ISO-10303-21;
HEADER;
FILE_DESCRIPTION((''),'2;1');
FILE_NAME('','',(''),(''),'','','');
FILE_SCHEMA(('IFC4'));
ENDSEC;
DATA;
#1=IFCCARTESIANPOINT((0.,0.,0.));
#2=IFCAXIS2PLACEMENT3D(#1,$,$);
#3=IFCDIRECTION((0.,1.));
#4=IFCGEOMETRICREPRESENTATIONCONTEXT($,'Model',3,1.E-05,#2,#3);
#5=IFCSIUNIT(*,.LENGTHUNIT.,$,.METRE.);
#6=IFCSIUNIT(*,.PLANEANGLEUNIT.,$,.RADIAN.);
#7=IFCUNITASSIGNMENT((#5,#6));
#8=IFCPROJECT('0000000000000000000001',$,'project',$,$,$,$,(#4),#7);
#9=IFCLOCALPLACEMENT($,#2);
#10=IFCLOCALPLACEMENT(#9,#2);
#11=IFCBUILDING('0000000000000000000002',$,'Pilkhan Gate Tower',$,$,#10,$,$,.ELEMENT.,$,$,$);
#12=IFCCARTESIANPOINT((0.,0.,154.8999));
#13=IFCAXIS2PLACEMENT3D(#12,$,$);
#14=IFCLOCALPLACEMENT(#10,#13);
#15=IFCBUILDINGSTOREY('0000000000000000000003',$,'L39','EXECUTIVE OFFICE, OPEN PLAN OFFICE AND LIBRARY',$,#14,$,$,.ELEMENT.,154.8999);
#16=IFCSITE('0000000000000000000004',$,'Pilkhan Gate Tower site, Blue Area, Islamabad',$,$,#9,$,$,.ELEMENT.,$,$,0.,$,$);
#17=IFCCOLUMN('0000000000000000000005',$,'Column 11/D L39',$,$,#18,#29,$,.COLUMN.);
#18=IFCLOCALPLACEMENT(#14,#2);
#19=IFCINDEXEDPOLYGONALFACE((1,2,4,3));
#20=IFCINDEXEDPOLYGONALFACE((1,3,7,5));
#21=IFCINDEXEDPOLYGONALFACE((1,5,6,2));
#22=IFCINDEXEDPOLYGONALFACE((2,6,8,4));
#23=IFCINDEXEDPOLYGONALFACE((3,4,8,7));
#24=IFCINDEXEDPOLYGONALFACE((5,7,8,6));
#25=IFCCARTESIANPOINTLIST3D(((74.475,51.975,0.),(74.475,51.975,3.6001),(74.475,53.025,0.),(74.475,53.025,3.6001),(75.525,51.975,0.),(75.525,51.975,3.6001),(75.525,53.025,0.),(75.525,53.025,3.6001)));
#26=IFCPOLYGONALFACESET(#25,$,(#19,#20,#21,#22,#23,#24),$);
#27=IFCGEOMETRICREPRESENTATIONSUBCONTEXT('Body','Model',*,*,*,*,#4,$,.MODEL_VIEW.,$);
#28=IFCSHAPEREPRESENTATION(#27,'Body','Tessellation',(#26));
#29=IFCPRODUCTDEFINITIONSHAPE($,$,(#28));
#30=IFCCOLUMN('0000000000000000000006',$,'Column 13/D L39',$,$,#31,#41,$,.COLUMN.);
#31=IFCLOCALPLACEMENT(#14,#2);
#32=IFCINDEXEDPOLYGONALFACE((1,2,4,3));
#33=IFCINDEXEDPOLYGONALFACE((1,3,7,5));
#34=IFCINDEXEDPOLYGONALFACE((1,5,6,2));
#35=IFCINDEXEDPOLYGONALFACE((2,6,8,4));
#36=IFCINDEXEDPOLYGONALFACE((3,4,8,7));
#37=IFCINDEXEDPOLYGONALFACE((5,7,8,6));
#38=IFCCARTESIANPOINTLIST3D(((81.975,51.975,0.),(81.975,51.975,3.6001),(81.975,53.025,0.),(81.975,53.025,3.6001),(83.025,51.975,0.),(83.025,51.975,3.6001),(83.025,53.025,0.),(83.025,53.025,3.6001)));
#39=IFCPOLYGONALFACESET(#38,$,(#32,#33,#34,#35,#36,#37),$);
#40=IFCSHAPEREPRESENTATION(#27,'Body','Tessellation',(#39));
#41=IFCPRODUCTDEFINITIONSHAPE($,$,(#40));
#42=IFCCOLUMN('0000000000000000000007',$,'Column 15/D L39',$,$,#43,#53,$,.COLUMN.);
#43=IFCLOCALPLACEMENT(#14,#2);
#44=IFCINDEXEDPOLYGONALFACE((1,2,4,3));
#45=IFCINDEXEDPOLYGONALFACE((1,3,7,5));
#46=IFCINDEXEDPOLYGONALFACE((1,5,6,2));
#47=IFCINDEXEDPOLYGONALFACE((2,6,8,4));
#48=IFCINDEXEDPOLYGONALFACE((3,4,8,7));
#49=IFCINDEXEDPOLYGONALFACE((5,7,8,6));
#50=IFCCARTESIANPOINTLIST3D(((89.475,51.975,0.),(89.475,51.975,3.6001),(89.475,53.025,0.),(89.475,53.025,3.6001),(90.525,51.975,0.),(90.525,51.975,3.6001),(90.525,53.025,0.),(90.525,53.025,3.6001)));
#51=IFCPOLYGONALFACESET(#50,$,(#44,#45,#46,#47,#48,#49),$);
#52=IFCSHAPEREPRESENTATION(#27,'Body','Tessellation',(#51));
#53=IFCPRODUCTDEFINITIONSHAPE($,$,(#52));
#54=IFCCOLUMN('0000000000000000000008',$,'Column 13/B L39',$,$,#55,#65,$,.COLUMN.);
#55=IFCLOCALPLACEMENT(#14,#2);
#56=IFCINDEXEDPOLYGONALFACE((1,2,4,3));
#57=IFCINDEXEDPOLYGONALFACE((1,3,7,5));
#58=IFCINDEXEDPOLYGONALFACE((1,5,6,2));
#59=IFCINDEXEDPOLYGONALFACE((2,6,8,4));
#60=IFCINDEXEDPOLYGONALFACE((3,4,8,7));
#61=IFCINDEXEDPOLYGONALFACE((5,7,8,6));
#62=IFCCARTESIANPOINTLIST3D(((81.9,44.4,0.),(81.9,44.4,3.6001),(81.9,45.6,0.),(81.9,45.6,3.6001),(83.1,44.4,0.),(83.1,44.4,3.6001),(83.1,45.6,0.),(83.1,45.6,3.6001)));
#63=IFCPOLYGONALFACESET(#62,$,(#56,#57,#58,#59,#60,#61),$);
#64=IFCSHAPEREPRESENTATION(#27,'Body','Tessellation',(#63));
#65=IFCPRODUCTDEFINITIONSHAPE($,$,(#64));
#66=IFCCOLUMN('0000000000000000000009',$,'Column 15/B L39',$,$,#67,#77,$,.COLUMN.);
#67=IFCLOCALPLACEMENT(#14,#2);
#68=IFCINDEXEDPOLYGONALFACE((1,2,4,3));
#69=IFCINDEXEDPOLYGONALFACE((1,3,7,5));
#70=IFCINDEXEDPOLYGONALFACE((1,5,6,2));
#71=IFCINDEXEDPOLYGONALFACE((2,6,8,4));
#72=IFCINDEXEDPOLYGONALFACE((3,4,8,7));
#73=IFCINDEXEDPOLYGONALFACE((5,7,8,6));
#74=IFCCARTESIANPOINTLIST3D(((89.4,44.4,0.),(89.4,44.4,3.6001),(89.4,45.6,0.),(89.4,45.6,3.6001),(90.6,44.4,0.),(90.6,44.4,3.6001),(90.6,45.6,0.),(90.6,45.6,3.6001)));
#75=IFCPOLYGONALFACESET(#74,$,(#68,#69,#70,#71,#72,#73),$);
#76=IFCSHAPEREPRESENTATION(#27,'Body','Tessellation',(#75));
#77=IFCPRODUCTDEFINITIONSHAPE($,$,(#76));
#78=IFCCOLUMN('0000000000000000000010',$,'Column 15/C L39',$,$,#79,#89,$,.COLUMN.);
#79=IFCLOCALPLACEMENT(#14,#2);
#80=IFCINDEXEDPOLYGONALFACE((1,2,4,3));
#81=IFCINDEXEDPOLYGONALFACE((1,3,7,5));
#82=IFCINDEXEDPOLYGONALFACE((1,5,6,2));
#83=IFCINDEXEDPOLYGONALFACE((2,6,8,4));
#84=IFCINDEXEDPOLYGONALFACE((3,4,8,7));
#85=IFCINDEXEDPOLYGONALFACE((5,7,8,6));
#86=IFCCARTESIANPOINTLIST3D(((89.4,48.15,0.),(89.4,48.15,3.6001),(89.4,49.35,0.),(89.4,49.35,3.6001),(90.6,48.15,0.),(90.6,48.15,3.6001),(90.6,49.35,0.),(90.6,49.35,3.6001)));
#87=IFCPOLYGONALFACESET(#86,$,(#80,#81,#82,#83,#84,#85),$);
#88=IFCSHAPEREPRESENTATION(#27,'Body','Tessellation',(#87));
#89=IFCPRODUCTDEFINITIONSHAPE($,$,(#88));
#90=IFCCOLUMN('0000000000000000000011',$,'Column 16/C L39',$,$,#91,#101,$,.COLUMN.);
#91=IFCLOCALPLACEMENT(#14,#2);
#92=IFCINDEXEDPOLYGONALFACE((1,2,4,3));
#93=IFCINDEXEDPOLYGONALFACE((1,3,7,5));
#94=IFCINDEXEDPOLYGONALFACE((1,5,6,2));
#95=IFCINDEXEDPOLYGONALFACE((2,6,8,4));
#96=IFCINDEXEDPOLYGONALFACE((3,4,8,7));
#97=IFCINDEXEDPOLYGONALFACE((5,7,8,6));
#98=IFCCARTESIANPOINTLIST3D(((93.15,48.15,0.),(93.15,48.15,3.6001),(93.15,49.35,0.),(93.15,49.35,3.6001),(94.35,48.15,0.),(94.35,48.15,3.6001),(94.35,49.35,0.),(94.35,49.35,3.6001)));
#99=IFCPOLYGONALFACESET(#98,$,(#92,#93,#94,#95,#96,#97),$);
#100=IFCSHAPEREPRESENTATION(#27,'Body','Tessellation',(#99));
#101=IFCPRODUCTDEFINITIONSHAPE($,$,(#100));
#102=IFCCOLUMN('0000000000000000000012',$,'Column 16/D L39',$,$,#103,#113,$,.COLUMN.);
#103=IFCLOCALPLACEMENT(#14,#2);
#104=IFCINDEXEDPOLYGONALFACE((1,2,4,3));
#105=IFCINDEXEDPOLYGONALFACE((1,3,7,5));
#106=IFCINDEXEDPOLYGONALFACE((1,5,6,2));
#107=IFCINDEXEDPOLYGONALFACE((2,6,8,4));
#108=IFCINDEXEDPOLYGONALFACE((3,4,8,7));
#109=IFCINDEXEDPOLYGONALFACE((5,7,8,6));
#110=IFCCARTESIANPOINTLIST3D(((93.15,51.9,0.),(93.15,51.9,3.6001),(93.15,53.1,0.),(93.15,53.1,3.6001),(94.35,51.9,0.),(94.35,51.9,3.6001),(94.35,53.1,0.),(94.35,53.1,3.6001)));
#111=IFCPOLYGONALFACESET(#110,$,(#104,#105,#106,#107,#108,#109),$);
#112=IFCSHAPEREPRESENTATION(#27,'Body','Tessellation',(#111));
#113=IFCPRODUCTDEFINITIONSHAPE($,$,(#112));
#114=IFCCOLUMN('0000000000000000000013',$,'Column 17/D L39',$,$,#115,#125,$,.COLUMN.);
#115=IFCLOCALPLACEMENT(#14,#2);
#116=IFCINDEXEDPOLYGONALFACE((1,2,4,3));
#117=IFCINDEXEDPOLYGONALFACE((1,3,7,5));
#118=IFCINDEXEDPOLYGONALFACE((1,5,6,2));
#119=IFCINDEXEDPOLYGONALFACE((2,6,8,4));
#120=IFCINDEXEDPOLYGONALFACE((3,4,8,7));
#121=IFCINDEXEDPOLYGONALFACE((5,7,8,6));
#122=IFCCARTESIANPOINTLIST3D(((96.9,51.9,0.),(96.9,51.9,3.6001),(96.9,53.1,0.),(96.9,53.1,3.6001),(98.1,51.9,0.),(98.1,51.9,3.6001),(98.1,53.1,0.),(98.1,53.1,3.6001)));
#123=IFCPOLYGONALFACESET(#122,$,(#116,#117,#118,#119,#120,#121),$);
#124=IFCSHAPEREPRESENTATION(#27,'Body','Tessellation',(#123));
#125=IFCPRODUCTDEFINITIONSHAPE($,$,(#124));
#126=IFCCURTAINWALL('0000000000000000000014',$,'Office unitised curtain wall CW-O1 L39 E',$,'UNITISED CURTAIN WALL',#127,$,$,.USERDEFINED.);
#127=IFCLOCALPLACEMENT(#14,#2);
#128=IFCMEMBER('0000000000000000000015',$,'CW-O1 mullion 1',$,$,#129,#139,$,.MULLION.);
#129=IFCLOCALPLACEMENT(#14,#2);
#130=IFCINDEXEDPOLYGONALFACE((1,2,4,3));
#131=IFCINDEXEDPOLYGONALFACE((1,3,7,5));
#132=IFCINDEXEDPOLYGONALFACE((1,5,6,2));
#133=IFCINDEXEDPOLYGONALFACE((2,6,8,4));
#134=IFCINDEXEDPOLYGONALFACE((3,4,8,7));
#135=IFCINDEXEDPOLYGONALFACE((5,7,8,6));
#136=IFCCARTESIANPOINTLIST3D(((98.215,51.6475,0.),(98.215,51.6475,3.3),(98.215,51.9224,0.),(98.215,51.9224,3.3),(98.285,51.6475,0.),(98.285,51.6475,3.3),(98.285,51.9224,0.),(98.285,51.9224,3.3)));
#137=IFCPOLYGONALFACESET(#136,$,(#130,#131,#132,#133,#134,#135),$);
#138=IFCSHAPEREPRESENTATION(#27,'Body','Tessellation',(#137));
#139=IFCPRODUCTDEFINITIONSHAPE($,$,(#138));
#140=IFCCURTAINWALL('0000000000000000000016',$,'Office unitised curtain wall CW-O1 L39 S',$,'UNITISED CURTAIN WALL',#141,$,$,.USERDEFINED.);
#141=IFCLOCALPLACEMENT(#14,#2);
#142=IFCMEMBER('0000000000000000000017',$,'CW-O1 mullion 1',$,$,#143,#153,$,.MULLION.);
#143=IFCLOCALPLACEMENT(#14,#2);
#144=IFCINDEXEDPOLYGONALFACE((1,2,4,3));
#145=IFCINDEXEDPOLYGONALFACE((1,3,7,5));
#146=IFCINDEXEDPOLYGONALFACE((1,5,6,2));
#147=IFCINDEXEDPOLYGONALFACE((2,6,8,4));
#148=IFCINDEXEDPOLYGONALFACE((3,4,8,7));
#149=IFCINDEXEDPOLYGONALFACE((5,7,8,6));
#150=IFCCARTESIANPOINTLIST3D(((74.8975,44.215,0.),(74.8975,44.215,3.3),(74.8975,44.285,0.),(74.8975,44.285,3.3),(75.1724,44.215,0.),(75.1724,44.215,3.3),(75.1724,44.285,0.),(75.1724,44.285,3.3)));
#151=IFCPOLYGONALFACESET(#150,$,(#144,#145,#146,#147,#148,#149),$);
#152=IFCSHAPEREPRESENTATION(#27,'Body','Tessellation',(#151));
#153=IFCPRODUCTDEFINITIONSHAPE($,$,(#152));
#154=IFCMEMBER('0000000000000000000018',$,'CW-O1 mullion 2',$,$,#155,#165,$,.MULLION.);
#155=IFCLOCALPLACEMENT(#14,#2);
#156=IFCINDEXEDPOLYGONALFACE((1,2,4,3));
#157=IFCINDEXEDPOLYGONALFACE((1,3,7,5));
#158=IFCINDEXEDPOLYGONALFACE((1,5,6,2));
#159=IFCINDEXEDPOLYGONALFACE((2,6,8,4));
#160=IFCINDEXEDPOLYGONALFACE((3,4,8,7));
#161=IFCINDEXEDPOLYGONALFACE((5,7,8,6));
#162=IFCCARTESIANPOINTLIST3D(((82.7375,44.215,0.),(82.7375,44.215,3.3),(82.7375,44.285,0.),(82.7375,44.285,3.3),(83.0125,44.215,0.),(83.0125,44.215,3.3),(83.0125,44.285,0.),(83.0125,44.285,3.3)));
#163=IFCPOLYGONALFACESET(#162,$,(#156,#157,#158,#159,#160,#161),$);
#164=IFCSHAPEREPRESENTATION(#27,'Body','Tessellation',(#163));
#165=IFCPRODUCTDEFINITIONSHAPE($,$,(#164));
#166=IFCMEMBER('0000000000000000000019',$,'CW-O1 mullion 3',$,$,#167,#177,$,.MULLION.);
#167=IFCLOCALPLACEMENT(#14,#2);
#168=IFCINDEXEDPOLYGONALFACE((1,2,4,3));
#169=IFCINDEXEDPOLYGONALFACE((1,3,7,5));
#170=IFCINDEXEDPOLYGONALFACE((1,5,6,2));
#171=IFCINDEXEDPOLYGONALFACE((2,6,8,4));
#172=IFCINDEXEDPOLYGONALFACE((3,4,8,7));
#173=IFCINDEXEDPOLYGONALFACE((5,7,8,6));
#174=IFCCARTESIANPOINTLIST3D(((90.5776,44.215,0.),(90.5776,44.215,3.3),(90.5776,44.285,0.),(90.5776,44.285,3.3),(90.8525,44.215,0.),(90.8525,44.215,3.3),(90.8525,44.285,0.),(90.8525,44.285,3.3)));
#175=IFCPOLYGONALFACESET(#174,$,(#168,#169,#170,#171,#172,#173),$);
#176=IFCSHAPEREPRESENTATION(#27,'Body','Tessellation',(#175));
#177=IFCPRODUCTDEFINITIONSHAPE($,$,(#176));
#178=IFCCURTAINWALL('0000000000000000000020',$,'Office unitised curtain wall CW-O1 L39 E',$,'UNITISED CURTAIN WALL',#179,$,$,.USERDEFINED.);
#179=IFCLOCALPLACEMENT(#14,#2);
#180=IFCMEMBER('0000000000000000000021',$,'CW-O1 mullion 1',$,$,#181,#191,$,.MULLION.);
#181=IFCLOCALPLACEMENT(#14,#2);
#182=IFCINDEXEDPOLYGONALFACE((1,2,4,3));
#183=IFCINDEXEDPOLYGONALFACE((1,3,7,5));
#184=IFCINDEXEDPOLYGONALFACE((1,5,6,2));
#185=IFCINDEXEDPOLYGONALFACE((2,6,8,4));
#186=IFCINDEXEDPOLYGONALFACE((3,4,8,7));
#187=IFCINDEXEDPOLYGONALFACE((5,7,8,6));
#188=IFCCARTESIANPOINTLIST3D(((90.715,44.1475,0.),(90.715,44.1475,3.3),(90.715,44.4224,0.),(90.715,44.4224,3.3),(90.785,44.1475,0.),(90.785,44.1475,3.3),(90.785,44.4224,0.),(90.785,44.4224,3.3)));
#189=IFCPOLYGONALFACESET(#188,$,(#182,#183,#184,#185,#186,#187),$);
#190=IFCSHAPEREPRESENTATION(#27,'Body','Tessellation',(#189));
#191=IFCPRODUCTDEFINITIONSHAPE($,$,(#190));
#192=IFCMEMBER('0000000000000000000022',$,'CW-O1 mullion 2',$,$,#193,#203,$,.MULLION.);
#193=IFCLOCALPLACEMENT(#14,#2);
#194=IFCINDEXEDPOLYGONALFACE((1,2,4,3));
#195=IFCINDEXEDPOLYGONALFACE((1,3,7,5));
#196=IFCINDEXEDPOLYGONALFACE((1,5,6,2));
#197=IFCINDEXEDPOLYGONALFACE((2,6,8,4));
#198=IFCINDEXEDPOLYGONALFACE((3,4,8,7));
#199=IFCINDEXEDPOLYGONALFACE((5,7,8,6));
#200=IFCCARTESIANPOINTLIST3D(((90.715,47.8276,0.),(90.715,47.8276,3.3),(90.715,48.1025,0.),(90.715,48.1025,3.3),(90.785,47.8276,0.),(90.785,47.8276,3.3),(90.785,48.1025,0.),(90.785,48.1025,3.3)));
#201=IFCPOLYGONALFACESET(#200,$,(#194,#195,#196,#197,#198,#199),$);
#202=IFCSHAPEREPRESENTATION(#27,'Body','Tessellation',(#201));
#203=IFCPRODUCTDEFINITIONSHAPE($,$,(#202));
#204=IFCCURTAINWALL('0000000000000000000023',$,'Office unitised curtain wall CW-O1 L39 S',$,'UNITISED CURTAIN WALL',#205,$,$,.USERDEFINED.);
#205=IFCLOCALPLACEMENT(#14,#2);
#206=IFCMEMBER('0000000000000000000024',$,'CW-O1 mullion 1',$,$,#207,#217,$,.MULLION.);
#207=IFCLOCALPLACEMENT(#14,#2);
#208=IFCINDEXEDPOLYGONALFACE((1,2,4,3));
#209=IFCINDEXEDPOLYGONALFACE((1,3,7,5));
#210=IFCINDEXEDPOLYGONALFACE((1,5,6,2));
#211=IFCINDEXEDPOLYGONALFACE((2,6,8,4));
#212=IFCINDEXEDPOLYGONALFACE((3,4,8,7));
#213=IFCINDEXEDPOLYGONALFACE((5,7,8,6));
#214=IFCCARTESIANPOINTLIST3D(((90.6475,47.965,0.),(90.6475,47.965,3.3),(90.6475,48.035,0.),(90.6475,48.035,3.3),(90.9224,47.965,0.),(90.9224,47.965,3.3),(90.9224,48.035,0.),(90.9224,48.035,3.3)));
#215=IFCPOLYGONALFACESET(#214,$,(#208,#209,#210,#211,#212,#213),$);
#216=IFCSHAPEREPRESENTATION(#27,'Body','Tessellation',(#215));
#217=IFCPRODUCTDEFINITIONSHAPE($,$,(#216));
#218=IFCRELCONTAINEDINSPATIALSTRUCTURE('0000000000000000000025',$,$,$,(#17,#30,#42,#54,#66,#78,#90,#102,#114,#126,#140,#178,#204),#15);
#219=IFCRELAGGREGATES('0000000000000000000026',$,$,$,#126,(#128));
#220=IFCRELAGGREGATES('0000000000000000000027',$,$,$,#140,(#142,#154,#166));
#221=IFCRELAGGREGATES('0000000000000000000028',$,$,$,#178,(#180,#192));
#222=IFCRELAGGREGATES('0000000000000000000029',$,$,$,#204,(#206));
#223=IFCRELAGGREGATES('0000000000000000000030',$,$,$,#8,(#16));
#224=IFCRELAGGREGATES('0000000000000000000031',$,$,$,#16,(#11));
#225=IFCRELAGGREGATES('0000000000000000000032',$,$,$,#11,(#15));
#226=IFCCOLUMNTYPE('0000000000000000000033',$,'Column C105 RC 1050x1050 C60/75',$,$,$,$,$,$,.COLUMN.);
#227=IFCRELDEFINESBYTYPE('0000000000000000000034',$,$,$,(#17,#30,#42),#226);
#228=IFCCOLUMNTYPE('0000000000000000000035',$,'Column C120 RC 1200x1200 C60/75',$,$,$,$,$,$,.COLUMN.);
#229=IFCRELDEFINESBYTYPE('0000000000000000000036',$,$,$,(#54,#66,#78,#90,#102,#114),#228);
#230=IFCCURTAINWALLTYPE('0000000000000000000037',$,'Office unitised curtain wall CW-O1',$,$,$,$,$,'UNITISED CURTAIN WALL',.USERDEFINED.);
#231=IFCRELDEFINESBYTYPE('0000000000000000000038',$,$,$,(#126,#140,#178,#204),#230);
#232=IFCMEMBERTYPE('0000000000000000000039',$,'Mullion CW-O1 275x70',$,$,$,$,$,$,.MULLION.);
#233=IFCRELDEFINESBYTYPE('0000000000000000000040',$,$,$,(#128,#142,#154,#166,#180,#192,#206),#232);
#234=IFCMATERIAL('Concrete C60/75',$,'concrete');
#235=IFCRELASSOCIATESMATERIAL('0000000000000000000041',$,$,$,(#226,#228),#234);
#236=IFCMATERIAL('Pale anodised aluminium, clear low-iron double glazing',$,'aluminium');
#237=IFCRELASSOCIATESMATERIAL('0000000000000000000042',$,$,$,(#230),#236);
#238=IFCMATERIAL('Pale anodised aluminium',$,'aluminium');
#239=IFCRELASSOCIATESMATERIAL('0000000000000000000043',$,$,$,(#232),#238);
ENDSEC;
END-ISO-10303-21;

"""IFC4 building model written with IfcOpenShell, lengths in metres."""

from ifc_helpers import new_model, si_unit, direction, frame, origin, origin_2d, place, context, subcontext, project, spatial, rectangle, extrude, material, material_profile, profile_set, type_object, element, aggregate, save


model = new_model("IFC4")

# Units and contexts
model_context = context("Model", 3, precision=1e-05, world=origin(), true_north=direction((0.0, 1.0)))
body_context = subcontext(model_context, "Body", "Model", "MODEL_VIEW")
ifc_project = project(units=[si_unit("LENGTHUNIT", "METRE"), si_unit("PLANEANGLEUNIT", "RADIAN")], contexts=[model_context])

# Site, building, storey
site_placement = place(None, origin())
site = spatial("IfcSite", under=ifc_project, at=site_placement, Name="Pilkhan Gate Tower site, Blue Area, Islamabad", CompositionType="ELEMENT", RefElevation=0.0)
building_placement = place(site_placement, origin())
building = spatial("IfcBuilding", under=site, at=building_placement, Name="Pilkhan Gate Tower", CompositionType="ELEMENT")
storey_placement = place(building_placement, frame((0.0, 0.0, 154.8999)))
storey = spatial("IfcBuildingStorey", under=building, at=storey_placement, Name="L39", Description="EXECUTIVE OFFICE, OPEN PLAN OFFICE AND LIBRARY", CompositionType="ELEMENT", Elevation=154.8999)

# Columns
ifc_material_1 = material(Name="Concrete C60/75", Category="concrete")
ifc_material_profile_1 = material_profile(ifc_material_1, rectangle(XDim=1.05, YDim=1.05, at=origin_2d()), Name="RC 1050x1050")
ifc_profile_set_1 = profile_set([ifc_material_profile_1], Name="Concrete C60/75")
column_type_1 = type_object("IfcColumnType", Name="Column C105 RC 1050x1050 C60/75", PredefinedType="COLUMN", material=ifc_profile_set_1)
for number, where, z_axis, x_axis, name in (
    (1, (75.0, 52.5, 0.0), (0.0, 0.0, 1.0), (1.0, 0.0, 0.0), "Column 11/D L39"),
    (2, (82.5, 52.5, 0.0), (0.0, 0.0, 1.0), (1.0, 0.0, 0.0), "Column 13/D L39"),
    (3, (90.0, 52.5, 0.0), (0.0, 0.0, 1.0), (1.0, 0.0, 0.0), "Column 15/D L39"),
):
    element("IfcColumn", number, at=place(storey_placement, frame(where, z_axis=z_axis, x_axis=x_axis)), inside=storey, type_object=column_type_1, Name=name, PredefinedType="COLUMN", context=body_context, shape_type="SweptSolid", body=[
        extrude(rectangle(XDim=1.05, YDim=1.05, at=origin_2d()), origin(), (0.0, 0.0, 1.0), 3.6001),
    ])
ifc_material_profile_2 = material_profile(ifc_material_1, rectangle(XDim=1.2, YDim=1.2, at=origin_2d()), Name="RC 1200x1200")
ifc_profile_set_2 = profile_set([ifc_material_profile_2], Name="Concrete C60/75")
column_type_2 = type_object("IfcColumnType", Name="Column C120 RC 1200x1200 C60/75", PredefinedType="COLUMN", material=ifc_profile_set_2)
for number, where, z_axis, x_axis, name in (
    (4, (82.5, 45.0, 0.0), (0.0, 0.0, 1.0), (1.0, 0.0, 0.0), "Column 13/B L39"),
    (5, (90.0, 45.0, 0.0), (0.0, 0.0, 1.0), (1.0, 0.0, 0.0), "Column 15/B L39"),
    (6, (90.0, 48.75, 0.0), (0.0, 0.0, 1.0), (1.0, 0.0, 0.0), "Column 15/C L39"),
    (7, (93.75, 48.75, 0.0), (0.0, 0.0, 1.0), (1.0, 0.0, 0.0), "Column 16/C L39"),
    (8, (93.75, 52.5, 0.0), (0.0, 0.0, 1.0), (1.0, 0.0, 0.0), "Column 16/D L39"),
    (9, (97.5, 52.5, 0.0), (0.0, 0.0, 1.0), (1.0, 0.0, 0.0), "Column 17/D L39"),
):
    element("IfcColumn", number, at=place(storey_placement, frame(where, z_axis=z_axis, x_axis=x_axis)), inside=storey, type_object=column_type_2, Name=name, PredefinedType="COLUMN", context=body_context, shape_type="SweptSolid", body=[
        extrude(rectangle(XDim=1.2, YDim=1.2, at=origin_2d()), origin(), (0.0, 0.0, 1.0), 3.6001),
    ])

# Curtain wall, member
ifc_material_2 = material(Name="Pale anodised aluminium, clear low-iron double glazing", Category="aluminium")
curtain_wall_type = type_object("IfcCurtainWallType", Name="Office unitised curtain wall CW-O1", ElementType="UNITISED CURTAIN WALL", PredefinedType="USERDEFINED", material=ifc_material_2)
curtain_wall_1_placement = place(storey_placement, origin())
curtain_wall_1 = element("IfcCurtainWall", 10, at=curtain_wall_1_placement, inside=storey, type_object=curtain_wall_type, Name="Office unitised curtain wall CW-O1 L39 E", ObjectType="UNITISED CURTAIN WALL", PredefinedType="USERDEFINED")
ifc_material_3 = material(Name="Pale anodised aluminium", Category="aluminium")
ifc_material_profile_3 = material_profile(ifc_material_3, rectangle(XDim=0.0701, YDim=0.2749, at=origin_2d()), Name="Mullion 275x70")
ifc_profile_set_3 = profile_set([ifc_material_profile_3], Name="Pale anodised aluminium")
member_type_1 = type_object("IfcMemberType", Name="Mullion CW-O1 275x70", PredefinedType="MULLION", material=ifc_profile_set_3)
member_1_placement = place(storey_placement, frame((98.25, 51.7849, 0.0), z_axis=(0.0, 0.0, 1.0), x_axis=(-1.0, 0.0, 0.0)))
member_1 = element("IfcMember", 11, at=member_1_placement, type_object=member_type_1, Name="CW-O1 mullion 1", PredefinedType="MULLION", context=body_context, shape_type="SweptSolid", body=[
    extrude(rectangle(XDim=0.0701, YDim=0.2749, at=origin_2d()), origin(), (0.0, 0.0, 1.0), 3.3),
])

# Curtain walls, members
curtain_wall_2_placement = place(storey_placement, origin())
curtain_wall_2 = element("IfcCurtainWall", 12, at=curtain_wall_2_placement, inside=storey, type_object=curtain_wall_type, Name="Office unitised curtain wall CW-O1 L39 S", ObjectType="UNITISED CURTAIN WALL", PredefinedType="USERDEFINED")
member_2_placement = place(storey_placement, frame((75.0349, 44.25, 0.0), z_axis=(0.0, 0.0, 1.0), x_axis=(0.0, 1.0, 0.0)))
member_2 = element("IfcMember", 13, at=member_2_placement, type_object=member_type_1, Name="CW-O1 mullion 1", PredefinedType="MULLION", context=body_context, shape_type="SweptSolid", body=[
    extrude(rectangle(XDim=0.0701, YDim=0.2749, at=origin_2d()), origin(), (0.0, 0.0, 1.0), 3.3),
])
member_3_placement = place(storey_placement, frame((82.875, 44.25, 0.0), z_axis=(0.0, 0.0, 1.0), x_axis=(0.0, 1.0, 0.0)))
member_3 = element("IfcMember", 14, at=member_3_placement, type_object=member_type_1, Name="CW-O1 mullion 2", PredefinedType="MULLION", context=body_context, shape_type="SweptSolid", body=[
    extrude(rectangle(XDim=0.0701, YDim=0.2749, at=origin_2d()), origin(), (0.0, 0.0, 1.0), 3.3),
])
member_4_placement = place(storey_placement, frame((90.7151, 44.25, 0.0), z_axis=(0.0, 0.0, 1.0), x_axis=(0.0, 1.0, 0.0)))
member_4 = element("IfcMember", 15, at=member_4_placement, type_object=member_type_1, Name="CW-O1 mullion 3", PredefinedType="MULLION", context=body_context, shape_type="SweptSolid", body=[
    extrude(rectangle(XDim=0.0701, YDim=0.2749, at=origin_2d()), origin(), (0.0, 0.0, 1.0), 3.3),
])
curtain_wall_3_placement = place(storey_placement, origin())
curtain_wall_3 = element("IfcCurtainWall", 16, at=curtain_wall_3_placement, inside=storey, type_object=curtain_wall_type, Name="Office unitised curtain wall CW-O1 L39 E", ObjectType="UNITISED CURTAIN WALL", PredefinedType="USERDEFINED")
member_5_placement = place(storey_placement, frame((90.75, 44.2849, 0.0), z_axis=(0.0, 0.0, 1.0), x_axis=(-1.0, 0.0, 0.0)))
member_5 = element("IfcMember", 17, at=member_5_placement, type_object=member_type_1, Name="CW-O1 mullion 1", PredefinedType="MULLION", context=body_context, shape_type="SweptSolid", body=[
    extrude(rectangle(XDim=0.0701, YDim=0.2749, at=origin_2d()), origin(), (0.0, 0.0, 1.0), 3.3),
])
member_6_placement = place(storey_placement, frame((90.75, 47.9651, 0.0), z_axis=(0.0, 0.0, 1.0), x_axis=(-1.0, 0.0, 0.0)))
member_6 = element("IfcMember", 18, at=member_6_placement, type_object=member_type_1, Name="CW-O1 mullion 2", PredefinedType="MULLION", context=body_context, shape_type="SweptSolid", body=[
    extrude(rectangle(XDim=0.0701, YDim=0.2749, at=origin_2d()), origin(), (0.0, 0.0, 1.0), 3.3),
])
curtain_wall_4_placement = place(storey_placement, origin())
curtain_wall_4 = element("IfcCurtainWall", 19, at=curtain_wall_4_placement, inside=storey, type_object=curtain_wall_type, Name="Office unitised curtain wall CW-O1 L39 S", ObjectType="UNITISED CURTAIN WALL", PredefinedType="USERDEFINED")
member_7_placement = place(storey_placement, frame((90.7849, 48.0, 0.0), z_axis=(0.0, 0.0, 1.0), x_axis=(0.0, 1.0, 0.0)))
member_7 = element("IfcMember", 20, at=member_7_placement, type_object=member_type_1, Name="CW-O1 mullion 1", PredefinedType="MULLION", context=body_context, shape_type="SweptSolid", body=[
    extrude(rectangle(XDim=0.0701, YDim=0.2749, at=origin_2d()), origin(), (0.0, 0.0, 1.0), 3.3),
])

aggregate(curtain_wall_1, [member_1])

aggregate(curtain_wall_2, [member_2, member_3, member_4])
aggregate(curtain_wall_3, [member_5, member_6])
aggregate(curtain_wall_4, [member_7])

save(model, "model.ifc")
